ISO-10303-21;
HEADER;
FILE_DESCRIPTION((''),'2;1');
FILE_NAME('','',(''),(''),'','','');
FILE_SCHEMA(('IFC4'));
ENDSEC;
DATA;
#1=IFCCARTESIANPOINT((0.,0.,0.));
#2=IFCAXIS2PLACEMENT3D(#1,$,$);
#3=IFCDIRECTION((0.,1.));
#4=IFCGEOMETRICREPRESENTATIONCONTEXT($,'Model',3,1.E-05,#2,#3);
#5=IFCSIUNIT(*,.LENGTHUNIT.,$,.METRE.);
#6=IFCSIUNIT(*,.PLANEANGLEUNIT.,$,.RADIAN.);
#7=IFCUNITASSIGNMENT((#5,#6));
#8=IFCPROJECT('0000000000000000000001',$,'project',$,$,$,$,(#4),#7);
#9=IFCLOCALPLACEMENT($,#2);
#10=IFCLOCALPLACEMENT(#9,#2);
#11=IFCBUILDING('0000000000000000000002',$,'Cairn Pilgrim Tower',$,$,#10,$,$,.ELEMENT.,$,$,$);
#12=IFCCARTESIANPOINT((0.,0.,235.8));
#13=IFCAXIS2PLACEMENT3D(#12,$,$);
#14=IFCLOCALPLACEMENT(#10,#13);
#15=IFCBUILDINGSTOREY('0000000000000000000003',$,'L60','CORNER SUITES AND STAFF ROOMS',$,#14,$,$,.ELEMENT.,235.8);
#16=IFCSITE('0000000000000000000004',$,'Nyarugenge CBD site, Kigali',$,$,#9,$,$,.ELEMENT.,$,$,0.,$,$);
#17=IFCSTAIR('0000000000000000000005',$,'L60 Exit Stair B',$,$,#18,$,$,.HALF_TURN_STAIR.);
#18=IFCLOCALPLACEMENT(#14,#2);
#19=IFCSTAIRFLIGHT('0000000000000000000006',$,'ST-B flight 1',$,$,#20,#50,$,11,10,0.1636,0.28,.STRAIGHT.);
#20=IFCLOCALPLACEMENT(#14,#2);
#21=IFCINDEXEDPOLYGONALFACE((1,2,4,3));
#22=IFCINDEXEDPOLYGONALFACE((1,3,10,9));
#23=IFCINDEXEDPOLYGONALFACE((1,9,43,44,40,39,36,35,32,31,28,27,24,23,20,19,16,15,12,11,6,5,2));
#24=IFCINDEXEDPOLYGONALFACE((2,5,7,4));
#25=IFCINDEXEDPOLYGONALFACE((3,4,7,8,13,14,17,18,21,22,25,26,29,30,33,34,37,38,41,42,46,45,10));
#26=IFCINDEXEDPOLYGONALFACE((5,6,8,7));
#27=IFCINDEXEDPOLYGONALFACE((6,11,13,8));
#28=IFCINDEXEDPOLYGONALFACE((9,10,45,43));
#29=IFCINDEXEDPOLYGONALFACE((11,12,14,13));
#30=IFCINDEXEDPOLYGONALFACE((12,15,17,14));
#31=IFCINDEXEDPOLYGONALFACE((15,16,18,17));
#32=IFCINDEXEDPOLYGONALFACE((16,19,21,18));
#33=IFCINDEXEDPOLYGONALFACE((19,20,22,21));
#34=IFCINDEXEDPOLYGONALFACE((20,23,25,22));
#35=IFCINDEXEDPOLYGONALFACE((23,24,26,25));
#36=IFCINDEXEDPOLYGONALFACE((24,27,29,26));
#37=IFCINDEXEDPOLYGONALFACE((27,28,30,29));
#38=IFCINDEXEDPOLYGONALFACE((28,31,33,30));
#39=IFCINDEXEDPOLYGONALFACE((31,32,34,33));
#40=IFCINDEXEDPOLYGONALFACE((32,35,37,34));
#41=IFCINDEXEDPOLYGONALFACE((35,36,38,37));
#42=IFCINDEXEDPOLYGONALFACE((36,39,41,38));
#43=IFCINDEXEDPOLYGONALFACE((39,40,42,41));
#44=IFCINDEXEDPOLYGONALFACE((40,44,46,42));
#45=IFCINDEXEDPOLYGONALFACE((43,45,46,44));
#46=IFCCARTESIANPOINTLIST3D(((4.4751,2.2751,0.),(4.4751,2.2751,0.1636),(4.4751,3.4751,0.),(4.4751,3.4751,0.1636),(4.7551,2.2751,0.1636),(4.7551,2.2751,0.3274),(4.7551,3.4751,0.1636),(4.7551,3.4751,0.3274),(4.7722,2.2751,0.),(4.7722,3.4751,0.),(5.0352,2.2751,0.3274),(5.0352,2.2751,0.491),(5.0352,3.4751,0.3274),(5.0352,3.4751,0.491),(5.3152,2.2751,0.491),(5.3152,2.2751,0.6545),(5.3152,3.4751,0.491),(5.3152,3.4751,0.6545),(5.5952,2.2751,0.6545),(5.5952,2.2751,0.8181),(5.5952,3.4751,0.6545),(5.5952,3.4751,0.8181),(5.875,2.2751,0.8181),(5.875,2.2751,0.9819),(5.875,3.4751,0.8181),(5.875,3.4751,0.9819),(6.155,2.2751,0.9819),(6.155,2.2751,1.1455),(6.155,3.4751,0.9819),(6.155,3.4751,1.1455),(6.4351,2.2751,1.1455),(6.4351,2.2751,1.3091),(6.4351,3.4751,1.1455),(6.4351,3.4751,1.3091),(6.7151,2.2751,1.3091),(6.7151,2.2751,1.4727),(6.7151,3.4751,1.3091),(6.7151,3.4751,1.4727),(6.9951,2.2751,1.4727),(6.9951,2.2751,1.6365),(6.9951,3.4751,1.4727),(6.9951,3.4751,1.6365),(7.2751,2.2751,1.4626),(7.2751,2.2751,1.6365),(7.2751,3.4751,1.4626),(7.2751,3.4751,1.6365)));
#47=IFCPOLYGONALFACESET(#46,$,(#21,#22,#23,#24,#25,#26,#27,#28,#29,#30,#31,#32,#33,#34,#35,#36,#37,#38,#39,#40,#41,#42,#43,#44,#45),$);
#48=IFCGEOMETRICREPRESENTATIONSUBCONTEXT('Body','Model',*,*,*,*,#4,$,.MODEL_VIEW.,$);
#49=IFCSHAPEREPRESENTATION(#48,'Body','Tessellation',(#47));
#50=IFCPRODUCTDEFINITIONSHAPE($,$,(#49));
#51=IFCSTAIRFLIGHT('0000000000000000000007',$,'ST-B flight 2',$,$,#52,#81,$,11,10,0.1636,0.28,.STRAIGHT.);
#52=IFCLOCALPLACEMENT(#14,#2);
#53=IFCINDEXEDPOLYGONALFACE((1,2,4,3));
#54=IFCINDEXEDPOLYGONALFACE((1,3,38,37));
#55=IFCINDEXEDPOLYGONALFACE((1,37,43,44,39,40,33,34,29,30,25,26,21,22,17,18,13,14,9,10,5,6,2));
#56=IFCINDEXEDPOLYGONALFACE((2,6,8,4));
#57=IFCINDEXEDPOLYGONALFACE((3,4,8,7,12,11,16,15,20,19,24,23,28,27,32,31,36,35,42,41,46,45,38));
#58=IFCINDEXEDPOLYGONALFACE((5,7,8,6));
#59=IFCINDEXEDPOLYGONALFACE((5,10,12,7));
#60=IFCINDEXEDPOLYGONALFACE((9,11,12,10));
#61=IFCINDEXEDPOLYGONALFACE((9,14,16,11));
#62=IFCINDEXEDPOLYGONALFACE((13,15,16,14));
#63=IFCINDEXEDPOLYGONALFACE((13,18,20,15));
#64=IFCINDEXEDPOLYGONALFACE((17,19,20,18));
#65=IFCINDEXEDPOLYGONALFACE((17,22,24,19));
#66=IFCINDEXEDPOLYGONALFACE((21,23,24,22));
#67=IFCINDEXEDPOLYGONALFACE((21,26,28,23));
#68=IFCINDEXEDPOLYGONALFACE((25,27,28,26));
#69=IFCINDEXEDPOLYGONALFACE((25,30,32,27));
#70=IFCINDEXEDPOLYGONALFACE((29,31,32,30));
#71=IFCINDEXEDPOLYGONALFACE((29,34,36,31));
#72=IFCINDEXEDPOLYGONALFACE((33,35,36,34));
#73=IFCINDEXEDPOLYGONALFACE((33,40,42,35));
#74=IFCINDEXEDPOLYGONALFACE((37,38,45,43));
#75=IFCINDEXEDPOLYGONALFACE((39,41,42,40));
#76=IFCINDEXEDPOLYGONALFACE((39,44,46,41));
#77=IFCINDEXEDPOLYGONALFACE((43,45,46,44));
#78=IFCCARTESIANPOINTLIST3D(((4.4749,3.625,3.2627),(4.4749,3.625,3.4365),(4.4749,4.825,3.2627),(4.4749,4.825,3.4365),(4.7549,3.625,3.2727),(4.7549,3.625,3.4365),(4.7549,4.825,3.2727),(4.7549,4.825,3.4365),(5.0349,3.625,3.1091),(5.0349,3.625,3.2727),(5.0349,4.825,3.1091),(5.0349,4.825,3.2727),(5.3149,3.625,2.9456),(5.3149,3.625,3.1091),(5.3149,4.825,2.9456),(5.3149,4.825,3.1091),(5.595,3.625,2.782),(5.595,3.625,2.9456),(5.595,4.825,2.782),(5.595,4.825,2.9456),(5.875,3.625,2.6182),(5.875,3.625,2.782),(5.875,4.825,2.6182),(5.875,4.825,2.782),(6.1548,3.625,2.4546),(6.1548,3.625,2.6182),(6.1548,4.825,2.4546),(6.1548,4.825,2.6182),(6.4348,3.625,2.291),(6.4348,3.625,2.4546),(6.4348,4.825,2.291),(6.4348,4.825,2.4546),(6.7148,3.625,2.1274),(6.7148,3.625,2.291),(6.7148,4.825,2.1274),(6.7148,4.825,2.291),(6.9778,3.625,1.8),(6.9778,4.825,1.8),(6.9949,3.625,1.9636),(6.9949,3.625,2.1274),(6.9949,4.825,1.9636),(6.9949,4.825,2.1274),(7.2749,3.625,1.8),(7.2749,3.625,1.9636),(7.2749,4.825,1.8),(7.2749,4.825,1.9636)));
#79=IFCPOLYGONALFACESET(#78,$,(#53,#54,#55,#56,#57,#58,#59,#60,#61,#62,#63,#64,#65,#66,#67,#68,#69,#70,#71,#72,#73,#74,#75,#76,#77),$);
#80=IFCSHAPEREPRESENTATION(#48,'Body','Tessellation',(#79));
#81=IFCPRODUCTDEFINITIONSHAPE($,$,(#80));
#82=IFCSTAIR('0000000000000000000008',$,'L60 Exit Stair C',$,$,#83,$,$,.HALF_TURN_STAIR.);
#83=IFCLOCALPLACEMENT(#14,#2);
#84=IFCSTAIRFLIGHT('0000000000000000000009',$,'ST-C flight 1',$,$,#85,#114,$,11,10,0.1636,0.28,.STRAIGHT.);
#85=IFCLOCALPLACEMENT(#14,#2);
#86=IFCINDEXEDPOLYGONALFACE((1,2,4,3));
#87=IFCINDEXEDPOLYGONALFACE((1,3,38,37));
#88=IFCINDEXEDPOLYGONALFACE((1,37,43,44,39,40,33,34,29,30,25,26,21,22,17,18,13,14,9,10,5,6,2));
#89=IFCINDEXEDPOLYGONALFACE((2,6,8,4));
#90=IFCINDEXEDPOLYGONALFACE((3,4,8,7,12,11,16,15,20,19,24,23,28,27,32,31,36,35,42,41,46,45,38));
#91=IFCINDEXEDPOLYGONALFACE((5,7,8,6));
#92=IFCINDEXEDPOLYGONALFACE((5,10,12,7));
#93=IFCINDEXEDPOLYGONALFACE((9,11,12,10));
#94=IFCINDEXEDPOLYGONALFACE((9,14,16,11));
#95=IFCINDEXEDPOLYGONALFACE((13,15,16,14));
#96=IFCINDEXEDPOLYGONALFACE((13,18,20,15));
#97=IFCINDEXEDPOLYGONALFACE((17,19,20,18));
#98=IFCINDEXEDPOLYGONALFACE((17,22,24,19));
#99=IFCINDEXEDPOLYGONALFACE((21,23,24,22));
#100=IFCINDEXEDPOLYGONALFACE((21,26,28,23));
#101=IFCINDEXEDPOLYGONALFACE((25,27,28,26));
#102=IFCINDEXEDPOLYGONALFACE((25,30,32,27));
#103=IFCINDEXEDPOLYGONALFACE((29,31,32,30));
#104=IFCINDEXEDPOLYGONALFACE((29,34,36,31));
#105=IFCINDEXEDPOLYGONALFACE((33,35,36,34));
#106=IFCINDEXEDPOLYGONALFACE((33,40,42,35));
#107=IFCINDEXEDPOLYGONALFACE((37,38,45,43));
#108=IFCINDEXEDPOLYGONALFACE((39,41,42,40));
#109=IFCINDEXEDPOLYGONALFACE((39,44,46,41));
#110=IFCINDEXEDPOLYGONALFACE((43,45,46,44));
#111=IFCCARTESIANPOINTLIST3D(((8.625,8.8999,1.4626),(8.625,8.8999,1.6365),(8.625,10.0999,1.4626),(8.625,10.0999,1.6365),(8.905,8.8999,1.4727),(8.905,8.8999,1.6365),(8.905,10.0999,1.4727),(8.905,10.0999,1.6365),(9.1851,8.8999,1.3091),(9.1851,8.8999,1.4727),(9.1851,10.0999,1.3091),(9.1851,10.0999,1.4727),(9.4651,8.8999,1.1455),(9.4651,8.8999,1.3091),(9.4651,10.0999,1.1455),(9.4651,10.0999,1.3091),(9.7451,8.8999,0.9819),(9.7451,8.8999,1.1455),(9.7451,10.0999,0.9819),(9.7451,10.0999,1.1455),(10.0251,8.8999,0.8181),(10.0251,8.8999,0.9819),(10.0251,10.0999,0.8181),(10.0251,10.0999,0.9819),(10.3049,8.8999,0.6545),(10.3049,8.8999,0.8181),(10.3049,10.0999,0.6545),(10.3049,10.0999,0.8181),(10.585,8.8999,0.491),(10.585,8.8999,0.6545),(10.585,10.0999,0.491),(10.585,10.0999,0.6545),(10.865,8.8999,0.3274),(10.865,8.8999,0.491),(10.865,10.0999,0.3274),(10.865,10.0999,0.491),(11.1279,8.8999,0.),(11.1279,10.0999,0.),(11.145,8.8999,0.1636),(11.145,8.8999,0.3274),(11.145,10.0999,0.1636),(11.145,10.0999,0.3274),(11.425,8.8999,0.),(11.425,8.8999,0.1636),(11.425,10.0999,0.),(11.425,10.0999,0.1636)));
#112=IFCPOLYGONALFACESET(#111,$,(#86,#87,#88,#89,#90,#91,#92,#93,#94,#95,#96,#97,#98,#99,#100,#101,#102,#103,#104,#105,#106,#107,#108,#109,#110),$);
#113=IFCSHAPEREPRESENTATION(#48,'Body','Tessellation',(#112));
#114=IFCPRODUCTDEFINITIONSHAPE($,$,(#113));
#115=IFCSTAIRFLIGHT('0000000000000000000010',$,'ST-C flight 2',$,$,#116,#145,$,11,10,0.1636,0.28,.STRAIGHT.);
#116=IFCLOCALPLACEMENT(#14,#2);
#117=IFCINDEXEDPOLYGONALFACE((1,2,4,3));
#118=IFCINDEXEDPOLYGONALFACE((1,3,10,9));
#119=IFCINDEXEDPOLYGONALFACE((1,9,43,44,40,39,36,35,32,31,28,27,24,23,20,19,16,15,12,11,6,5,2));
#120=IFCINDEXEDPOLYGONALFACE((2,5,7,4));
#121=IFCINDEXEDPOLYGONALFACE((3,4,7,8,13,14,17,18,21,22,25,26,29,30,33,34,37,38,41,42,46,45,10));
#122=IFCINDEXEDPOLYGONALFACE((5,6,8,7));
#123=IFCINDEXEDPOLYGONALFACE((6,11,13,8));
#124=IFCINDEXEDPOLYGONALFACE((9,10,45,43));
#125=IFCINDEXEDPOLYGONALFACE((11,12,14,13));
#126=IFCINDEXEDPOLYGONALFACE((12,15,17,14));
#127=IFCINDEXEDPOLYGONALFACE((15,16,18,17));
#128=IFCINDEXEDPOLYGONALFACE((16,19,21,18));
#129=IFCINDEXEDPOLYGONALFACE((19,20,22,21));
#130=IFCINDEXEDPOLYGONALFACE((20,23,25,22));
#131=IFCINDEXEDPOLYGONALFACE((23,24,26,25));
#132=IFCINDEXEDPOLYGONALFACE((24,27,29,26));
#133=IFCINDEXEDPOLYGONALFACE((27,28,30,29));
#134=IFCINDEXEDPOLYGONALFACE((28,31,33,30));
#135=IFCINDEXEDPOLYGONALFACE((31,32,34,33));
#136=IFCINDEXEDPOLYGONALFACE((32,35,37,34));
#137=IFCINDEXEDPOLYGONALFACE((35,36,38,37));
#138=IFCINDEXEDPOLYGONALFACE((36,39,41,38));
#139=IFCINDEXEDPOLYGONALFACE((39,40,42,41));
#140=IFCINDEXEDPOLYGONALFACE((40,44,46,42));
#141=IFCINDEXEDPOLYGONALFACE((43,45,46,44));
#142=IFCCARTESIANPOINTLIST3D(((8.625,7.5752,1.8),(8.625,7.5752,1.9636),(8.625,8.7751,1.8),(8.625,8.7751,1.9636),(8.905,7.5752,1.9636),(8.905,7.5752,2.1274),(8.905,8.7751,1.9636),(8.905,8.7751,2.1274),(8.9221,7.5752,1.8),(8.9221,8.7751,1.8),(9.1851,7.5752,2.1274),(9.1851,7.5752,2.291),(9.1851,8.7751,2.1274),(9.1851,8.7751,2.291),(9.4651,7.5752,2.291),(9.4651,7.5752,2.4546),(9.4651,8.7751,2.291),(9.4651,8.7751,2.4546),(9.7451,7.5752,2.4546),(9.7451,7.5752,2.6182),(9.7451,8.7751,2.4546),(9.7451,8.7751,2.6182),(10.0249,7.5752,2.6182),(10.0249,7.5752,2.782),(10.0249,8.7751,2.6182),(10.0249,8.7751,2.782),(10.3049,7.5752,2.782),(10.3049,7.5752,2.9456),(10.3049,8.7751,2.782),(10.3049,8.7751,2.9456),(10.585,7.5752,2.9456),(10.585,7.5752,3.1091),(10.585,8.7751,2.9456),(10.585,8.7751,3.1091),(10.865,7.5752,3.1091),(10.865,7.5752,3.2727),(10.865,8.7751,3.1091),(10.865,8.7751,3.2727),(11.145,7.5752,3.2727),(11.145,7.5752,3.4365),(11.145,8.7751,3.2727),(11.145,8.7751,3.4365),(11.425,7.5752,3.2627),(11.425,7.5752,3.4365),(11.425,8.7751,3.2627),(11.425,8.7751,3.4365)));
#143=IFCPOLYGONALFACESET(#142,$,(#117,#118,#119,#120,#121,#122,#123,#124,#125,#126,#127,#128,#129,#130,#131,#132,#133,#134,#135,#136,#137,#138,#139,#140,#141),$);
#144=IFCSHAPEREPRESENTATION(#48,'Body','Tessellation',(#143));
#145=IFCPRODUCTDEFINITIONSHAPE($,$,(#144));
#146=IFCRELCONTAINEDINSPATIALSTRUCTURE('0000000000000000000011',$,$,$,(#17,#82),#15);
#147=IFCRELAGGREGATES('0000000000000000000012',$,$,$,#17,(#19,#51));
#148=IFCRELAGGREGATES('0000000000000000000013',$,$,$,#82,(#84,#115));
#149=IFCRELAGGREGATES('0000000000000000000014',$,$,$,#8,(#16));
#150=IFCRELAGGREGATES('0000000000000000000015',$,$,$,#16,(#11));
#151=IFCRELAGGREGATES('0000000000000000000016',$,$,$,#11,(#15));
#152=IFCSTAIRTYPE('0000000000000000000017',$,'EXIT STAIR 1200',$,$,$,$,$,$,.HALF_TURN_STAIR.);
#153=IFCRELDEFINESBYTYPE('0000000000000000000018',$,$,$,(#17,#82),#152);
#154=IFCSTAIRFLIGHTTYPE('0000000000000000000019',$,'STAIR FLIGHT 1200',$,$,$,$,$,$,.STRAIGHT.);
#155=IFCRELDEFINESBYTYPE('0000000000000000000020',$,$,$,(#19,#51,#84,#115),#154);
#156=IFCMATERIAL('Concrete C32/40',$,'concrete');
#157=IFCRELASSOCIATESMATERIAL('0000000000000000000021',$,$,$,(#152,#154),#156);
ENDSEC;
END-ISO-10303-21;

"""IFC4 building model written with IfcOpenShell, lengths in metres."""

from ifc_helpers import new_model, si_unit, direction, frame, origin, place, context, subcontext, project, spatial, polyline, outline, extrude, material, type_object, element, aggregate, save


model = new_model("IFC4")

# Units and contexts
model_context = context("Model", 3, precision=1e-05, world=origin(), true_north=direction((0.0, 1.0)))
body_context = subcontext(model_context, "Body", "Model", "MODEL_VIEW")
ifc_project = project(units=[si_unit("LENGTHUNIT", "METRE"), si_unit("PLANEANGLEUNIT", "RADIAN")], contexts=[model_context])

# Site, building, storey
site_placement = place(None, origin())
site = spatial("IfcSite", under=ifc_project, at=site_placement, Name="Nyarugenge CBD site, Kigali", CompositionType="ELEMENT", RefElevation=0.0)
building_placement = place(site_placement, origin())
building = spatial("IfcBuilding", under=site, at=building_placement, Name="Cairn Pilgrim Tower", CompositionType="ELEMENT")
storey_placement = place(building_placement, frame((0.0, 0.0, 235.8)))
storey = spatial("IfcBuildingStorey", under=building, at=storey_placement, Name="L60", Description="CORNER SUITES AND STAFF ROOMS", CompositionType="ELEMENT", Elevation=235.8)

# Shared definitions
ifc_material_1 = material(Name="Concrete C32/40", Category="concrete")

# Stairs, stair flights
stair_type = type_object("IfcStairType", Name="EXIT STAIR 1200", PredefinedType="HALF_TURN_STAIR", material=ifc_material_1)
stair_1_placement = place(storey_placement, origin())
stair_1 = element("IfcStair", 1, at=stair_1_placement, inside=storey, type_object=stair_type, Name="L60 Exit Stair B", PredefinedType="HALF_TURN_STAIR")
stair_flight_type = type_object("IfcStairFlightType", Name="STAIR FLIGHT 1200", PredefinedType="STRAIGHT", material=ifc_material_1)
stair_flight_1_placement = place(storey_placement, frame((4.4751, 2.875, 0.0), z_axis=(0.0, 0.0, 1.0), x_axis=(1.0, 0.0, 0.0)))
stair_flight_1 = element("IfcStairFlight", 2, at=stair_flight_1_placement, type_object=stair_flight_type, Name="ST-B flight 1", NumberOfRisers=11, NumberOfTreads=10, PredefinedType="STRAIGHT", RiserHeight=0.1636, TreadLength=0.28, context=body_context, shape_type="SweptSolid", body=[
    extrude(outline(polyline([(0.0, 0.0), (0.0, 0.1636), (0.28, 0.1636), (0.28, 0.3274), (0.5601, 0.3274), (0.5601, 0.491), (0.8401, 0.491), (0.8401, 0.6545), (1.1201, 0.6545), (1.1201, 0.8181), (1.3999, 0.8181), (1.3999, 0.9819), (1.6799, 0.9819), (1.6799, 1.1455), (1.96, 1.1455), (1.96, 1.3091), (2.24, 1.3091), (2.24, 1.4727), (2.52, 1.4727), (2.52, 1.6365), (2.8, 1.6365), (2.8, 1.8), (2.8, 1.4626), (0.2971, 0.0), (0.0, 0.0)])), frame((0.0, 0.6001, 0.0), z_axis=(0.0, -1.0, 0.0), x_axis=(1.0, 0.0, 0.0)), (0.0, 0.0, 1.0), 1.2),
])
stair_flight_2_placement = place(storey_placement, frame((7.2749, 4.2251, 1.8), z_axis=(0.0, 0.0, 1.0), x_axis=(-1.0, 0.0, 0.0)))
stair_flight_2 = element("IfcStairFlight", 3, at=stair_flight_2_placement, type_object=stair_flight_type, Name="ST-B flight 2", NumberOfRisers=11, NumberOfTreads=10, PredefinedType="STRAIGHT", RiserHeight=0.1636, TreadLength=0.28, context=body_context, shape_type="SweptSolid", body=[
    extrude(outline(polyline([(0.0, 0.0), (0.0, 0.1636), (0.28, 0.1636), (0.28, 0.3274), (0.5601, 0.3274), (0.5601, 0.491), (0.8401, 0.491), (0.8401, 0.6545), (1.1201, 0.6545), (1.1201, 0.8181), (1.3999, 0.8181), (1.3999, 0.9819), (1.6799, 0.9819), (1.6799, 1.1455), (1.96, 1.1455), (1.96, 1.3091), (2.24, 1.3091), (2.24, 1.4727), (2.52, 1.4727), (2.52, 1.6365), (2.8, 1.6365), (2.8, 1.8), (2.8, 1.4626), (0.2971, 0.0), (0.0, 0.0)])), frame((0.0, 0.6001, 0.0), z_axis=(0.0, -1.0, 0.0), x_axis=(1.0, 0.0, 0.0)), (0.0, 0.0, 1.0), 1.2),
])
aggregate(stair_1, [stair_flight_1, stair_flight_2])
stair_2_placement = place(storey_placement, origin())
stair_2 = element("IfcStair", 4, at=stair_2_placement, inside=storey, type_object=stair_type, Name="L60 Exit Stair C", PredefinedType="HALF_TURN_STAIR")
stair_flight_3_placement = place(storey_placement, frame((11.425, 9.5, 0.0), z_axis=(0.0, 0.0, 1.0), x_axis=(-1.0, 0.0, 0.0)))
stair_flight_3 = element("IfcStairFlight", 5, at=stair_flight_3_placement, type_object=stair_flight_type, Name="ST-C flight 1", NumberOfRisers=11, NumberOfTreads=10, PredefinedType="STRAIGHT", RiserHeight=0.1636, TreadLength=0.28, context=body_context, shape_type="SweptSolid", body=[
    extrude(outline(polyline([(0.0, 0.0), (0.0, 0.1636), (0.28, 0.1636), (0.28, 0.3274), (0.5601, 0.3274), (0.5601, 0.491), (0.8401, 0.491), (0.8401, 0.6545), (1.1201, 0.6545), (1.1201, 0.8181), (1.3999, 0.8181), (1.3999, 0.9819), (1.6799, 0.9819), (1.6799, 1.1455), (1.96, 1.1455), (1.96, 1.3091), (2.24, 1.3091), (2.24, 1.4727), (2.52, 1.4727), (2.52, 1.6365), (2.8, 1.6365), (2.8, 1.8), (2.8, 1.4626), (0.2971, 0.0), (0.0, 0.0)])), frame((0.0, 0.6001, 0.0), z_axis=(0.0, -1.0, 0.0), x_axis=(1.0, 0.0, 0.0)), (0.0, 0.0, 1.0), 1.2),
])
stair_flight_4_placement = place(storey_placement, frame((8.625, 8.175, 1.8), z_axis=(0.0, 0.0, 1.0), x_axis=(1.0, 0.0, 0.0)))
stair_flight_4 = element("IfcStairFlight", 6, at=stair_flight_4_placement, type_object=stair_flight_type, Name="ST-C flight 2", NumberOfRisers=11, NumberOfTreads=10, PredefinedType="STRAIGHT", RiserHeight=0.1636, TreadLength=0.28, context=body_context, shape_type="SweptSolid", body=[
    extrude(outline(polyline([(0.0, 0.0), (0.0, 0.1636), (0.28, 0.1636), (0.28, 0.3274), (0.5601, 0.3274), (0.5601, 0.491), (0.8401, 0.491), (0.8401, 0.6545), (1.1201, 0.6545), (1.1201, 0.8181), (1.3999, 0.8181), (1.3999, 0.9819), (1.6799, 0.9819), (1.6799, 1.1455), (1.96, 1.1455), (1.96, 1.3091), (2.24, 1.3091), (2.24, 1.4727), (2.52, 1.4727), (2.52, 1.6365), (2.8, 1.6365), (2.8, 1.8), (2.8, 1.4626), (0.2971, 0.0), (0.0, 0.0)])), frame((0.0, 0.6001, 0.0), z_axis=(0.0, -1.0, 0.0), x_axis=(1.0, 0.0, 0.0)), (0.0, 0.0, 1.0), 1.2),
])
aggregate(stair_2, [stair_flight_3, stair_flight_4])

save(model, "model.ifc")
